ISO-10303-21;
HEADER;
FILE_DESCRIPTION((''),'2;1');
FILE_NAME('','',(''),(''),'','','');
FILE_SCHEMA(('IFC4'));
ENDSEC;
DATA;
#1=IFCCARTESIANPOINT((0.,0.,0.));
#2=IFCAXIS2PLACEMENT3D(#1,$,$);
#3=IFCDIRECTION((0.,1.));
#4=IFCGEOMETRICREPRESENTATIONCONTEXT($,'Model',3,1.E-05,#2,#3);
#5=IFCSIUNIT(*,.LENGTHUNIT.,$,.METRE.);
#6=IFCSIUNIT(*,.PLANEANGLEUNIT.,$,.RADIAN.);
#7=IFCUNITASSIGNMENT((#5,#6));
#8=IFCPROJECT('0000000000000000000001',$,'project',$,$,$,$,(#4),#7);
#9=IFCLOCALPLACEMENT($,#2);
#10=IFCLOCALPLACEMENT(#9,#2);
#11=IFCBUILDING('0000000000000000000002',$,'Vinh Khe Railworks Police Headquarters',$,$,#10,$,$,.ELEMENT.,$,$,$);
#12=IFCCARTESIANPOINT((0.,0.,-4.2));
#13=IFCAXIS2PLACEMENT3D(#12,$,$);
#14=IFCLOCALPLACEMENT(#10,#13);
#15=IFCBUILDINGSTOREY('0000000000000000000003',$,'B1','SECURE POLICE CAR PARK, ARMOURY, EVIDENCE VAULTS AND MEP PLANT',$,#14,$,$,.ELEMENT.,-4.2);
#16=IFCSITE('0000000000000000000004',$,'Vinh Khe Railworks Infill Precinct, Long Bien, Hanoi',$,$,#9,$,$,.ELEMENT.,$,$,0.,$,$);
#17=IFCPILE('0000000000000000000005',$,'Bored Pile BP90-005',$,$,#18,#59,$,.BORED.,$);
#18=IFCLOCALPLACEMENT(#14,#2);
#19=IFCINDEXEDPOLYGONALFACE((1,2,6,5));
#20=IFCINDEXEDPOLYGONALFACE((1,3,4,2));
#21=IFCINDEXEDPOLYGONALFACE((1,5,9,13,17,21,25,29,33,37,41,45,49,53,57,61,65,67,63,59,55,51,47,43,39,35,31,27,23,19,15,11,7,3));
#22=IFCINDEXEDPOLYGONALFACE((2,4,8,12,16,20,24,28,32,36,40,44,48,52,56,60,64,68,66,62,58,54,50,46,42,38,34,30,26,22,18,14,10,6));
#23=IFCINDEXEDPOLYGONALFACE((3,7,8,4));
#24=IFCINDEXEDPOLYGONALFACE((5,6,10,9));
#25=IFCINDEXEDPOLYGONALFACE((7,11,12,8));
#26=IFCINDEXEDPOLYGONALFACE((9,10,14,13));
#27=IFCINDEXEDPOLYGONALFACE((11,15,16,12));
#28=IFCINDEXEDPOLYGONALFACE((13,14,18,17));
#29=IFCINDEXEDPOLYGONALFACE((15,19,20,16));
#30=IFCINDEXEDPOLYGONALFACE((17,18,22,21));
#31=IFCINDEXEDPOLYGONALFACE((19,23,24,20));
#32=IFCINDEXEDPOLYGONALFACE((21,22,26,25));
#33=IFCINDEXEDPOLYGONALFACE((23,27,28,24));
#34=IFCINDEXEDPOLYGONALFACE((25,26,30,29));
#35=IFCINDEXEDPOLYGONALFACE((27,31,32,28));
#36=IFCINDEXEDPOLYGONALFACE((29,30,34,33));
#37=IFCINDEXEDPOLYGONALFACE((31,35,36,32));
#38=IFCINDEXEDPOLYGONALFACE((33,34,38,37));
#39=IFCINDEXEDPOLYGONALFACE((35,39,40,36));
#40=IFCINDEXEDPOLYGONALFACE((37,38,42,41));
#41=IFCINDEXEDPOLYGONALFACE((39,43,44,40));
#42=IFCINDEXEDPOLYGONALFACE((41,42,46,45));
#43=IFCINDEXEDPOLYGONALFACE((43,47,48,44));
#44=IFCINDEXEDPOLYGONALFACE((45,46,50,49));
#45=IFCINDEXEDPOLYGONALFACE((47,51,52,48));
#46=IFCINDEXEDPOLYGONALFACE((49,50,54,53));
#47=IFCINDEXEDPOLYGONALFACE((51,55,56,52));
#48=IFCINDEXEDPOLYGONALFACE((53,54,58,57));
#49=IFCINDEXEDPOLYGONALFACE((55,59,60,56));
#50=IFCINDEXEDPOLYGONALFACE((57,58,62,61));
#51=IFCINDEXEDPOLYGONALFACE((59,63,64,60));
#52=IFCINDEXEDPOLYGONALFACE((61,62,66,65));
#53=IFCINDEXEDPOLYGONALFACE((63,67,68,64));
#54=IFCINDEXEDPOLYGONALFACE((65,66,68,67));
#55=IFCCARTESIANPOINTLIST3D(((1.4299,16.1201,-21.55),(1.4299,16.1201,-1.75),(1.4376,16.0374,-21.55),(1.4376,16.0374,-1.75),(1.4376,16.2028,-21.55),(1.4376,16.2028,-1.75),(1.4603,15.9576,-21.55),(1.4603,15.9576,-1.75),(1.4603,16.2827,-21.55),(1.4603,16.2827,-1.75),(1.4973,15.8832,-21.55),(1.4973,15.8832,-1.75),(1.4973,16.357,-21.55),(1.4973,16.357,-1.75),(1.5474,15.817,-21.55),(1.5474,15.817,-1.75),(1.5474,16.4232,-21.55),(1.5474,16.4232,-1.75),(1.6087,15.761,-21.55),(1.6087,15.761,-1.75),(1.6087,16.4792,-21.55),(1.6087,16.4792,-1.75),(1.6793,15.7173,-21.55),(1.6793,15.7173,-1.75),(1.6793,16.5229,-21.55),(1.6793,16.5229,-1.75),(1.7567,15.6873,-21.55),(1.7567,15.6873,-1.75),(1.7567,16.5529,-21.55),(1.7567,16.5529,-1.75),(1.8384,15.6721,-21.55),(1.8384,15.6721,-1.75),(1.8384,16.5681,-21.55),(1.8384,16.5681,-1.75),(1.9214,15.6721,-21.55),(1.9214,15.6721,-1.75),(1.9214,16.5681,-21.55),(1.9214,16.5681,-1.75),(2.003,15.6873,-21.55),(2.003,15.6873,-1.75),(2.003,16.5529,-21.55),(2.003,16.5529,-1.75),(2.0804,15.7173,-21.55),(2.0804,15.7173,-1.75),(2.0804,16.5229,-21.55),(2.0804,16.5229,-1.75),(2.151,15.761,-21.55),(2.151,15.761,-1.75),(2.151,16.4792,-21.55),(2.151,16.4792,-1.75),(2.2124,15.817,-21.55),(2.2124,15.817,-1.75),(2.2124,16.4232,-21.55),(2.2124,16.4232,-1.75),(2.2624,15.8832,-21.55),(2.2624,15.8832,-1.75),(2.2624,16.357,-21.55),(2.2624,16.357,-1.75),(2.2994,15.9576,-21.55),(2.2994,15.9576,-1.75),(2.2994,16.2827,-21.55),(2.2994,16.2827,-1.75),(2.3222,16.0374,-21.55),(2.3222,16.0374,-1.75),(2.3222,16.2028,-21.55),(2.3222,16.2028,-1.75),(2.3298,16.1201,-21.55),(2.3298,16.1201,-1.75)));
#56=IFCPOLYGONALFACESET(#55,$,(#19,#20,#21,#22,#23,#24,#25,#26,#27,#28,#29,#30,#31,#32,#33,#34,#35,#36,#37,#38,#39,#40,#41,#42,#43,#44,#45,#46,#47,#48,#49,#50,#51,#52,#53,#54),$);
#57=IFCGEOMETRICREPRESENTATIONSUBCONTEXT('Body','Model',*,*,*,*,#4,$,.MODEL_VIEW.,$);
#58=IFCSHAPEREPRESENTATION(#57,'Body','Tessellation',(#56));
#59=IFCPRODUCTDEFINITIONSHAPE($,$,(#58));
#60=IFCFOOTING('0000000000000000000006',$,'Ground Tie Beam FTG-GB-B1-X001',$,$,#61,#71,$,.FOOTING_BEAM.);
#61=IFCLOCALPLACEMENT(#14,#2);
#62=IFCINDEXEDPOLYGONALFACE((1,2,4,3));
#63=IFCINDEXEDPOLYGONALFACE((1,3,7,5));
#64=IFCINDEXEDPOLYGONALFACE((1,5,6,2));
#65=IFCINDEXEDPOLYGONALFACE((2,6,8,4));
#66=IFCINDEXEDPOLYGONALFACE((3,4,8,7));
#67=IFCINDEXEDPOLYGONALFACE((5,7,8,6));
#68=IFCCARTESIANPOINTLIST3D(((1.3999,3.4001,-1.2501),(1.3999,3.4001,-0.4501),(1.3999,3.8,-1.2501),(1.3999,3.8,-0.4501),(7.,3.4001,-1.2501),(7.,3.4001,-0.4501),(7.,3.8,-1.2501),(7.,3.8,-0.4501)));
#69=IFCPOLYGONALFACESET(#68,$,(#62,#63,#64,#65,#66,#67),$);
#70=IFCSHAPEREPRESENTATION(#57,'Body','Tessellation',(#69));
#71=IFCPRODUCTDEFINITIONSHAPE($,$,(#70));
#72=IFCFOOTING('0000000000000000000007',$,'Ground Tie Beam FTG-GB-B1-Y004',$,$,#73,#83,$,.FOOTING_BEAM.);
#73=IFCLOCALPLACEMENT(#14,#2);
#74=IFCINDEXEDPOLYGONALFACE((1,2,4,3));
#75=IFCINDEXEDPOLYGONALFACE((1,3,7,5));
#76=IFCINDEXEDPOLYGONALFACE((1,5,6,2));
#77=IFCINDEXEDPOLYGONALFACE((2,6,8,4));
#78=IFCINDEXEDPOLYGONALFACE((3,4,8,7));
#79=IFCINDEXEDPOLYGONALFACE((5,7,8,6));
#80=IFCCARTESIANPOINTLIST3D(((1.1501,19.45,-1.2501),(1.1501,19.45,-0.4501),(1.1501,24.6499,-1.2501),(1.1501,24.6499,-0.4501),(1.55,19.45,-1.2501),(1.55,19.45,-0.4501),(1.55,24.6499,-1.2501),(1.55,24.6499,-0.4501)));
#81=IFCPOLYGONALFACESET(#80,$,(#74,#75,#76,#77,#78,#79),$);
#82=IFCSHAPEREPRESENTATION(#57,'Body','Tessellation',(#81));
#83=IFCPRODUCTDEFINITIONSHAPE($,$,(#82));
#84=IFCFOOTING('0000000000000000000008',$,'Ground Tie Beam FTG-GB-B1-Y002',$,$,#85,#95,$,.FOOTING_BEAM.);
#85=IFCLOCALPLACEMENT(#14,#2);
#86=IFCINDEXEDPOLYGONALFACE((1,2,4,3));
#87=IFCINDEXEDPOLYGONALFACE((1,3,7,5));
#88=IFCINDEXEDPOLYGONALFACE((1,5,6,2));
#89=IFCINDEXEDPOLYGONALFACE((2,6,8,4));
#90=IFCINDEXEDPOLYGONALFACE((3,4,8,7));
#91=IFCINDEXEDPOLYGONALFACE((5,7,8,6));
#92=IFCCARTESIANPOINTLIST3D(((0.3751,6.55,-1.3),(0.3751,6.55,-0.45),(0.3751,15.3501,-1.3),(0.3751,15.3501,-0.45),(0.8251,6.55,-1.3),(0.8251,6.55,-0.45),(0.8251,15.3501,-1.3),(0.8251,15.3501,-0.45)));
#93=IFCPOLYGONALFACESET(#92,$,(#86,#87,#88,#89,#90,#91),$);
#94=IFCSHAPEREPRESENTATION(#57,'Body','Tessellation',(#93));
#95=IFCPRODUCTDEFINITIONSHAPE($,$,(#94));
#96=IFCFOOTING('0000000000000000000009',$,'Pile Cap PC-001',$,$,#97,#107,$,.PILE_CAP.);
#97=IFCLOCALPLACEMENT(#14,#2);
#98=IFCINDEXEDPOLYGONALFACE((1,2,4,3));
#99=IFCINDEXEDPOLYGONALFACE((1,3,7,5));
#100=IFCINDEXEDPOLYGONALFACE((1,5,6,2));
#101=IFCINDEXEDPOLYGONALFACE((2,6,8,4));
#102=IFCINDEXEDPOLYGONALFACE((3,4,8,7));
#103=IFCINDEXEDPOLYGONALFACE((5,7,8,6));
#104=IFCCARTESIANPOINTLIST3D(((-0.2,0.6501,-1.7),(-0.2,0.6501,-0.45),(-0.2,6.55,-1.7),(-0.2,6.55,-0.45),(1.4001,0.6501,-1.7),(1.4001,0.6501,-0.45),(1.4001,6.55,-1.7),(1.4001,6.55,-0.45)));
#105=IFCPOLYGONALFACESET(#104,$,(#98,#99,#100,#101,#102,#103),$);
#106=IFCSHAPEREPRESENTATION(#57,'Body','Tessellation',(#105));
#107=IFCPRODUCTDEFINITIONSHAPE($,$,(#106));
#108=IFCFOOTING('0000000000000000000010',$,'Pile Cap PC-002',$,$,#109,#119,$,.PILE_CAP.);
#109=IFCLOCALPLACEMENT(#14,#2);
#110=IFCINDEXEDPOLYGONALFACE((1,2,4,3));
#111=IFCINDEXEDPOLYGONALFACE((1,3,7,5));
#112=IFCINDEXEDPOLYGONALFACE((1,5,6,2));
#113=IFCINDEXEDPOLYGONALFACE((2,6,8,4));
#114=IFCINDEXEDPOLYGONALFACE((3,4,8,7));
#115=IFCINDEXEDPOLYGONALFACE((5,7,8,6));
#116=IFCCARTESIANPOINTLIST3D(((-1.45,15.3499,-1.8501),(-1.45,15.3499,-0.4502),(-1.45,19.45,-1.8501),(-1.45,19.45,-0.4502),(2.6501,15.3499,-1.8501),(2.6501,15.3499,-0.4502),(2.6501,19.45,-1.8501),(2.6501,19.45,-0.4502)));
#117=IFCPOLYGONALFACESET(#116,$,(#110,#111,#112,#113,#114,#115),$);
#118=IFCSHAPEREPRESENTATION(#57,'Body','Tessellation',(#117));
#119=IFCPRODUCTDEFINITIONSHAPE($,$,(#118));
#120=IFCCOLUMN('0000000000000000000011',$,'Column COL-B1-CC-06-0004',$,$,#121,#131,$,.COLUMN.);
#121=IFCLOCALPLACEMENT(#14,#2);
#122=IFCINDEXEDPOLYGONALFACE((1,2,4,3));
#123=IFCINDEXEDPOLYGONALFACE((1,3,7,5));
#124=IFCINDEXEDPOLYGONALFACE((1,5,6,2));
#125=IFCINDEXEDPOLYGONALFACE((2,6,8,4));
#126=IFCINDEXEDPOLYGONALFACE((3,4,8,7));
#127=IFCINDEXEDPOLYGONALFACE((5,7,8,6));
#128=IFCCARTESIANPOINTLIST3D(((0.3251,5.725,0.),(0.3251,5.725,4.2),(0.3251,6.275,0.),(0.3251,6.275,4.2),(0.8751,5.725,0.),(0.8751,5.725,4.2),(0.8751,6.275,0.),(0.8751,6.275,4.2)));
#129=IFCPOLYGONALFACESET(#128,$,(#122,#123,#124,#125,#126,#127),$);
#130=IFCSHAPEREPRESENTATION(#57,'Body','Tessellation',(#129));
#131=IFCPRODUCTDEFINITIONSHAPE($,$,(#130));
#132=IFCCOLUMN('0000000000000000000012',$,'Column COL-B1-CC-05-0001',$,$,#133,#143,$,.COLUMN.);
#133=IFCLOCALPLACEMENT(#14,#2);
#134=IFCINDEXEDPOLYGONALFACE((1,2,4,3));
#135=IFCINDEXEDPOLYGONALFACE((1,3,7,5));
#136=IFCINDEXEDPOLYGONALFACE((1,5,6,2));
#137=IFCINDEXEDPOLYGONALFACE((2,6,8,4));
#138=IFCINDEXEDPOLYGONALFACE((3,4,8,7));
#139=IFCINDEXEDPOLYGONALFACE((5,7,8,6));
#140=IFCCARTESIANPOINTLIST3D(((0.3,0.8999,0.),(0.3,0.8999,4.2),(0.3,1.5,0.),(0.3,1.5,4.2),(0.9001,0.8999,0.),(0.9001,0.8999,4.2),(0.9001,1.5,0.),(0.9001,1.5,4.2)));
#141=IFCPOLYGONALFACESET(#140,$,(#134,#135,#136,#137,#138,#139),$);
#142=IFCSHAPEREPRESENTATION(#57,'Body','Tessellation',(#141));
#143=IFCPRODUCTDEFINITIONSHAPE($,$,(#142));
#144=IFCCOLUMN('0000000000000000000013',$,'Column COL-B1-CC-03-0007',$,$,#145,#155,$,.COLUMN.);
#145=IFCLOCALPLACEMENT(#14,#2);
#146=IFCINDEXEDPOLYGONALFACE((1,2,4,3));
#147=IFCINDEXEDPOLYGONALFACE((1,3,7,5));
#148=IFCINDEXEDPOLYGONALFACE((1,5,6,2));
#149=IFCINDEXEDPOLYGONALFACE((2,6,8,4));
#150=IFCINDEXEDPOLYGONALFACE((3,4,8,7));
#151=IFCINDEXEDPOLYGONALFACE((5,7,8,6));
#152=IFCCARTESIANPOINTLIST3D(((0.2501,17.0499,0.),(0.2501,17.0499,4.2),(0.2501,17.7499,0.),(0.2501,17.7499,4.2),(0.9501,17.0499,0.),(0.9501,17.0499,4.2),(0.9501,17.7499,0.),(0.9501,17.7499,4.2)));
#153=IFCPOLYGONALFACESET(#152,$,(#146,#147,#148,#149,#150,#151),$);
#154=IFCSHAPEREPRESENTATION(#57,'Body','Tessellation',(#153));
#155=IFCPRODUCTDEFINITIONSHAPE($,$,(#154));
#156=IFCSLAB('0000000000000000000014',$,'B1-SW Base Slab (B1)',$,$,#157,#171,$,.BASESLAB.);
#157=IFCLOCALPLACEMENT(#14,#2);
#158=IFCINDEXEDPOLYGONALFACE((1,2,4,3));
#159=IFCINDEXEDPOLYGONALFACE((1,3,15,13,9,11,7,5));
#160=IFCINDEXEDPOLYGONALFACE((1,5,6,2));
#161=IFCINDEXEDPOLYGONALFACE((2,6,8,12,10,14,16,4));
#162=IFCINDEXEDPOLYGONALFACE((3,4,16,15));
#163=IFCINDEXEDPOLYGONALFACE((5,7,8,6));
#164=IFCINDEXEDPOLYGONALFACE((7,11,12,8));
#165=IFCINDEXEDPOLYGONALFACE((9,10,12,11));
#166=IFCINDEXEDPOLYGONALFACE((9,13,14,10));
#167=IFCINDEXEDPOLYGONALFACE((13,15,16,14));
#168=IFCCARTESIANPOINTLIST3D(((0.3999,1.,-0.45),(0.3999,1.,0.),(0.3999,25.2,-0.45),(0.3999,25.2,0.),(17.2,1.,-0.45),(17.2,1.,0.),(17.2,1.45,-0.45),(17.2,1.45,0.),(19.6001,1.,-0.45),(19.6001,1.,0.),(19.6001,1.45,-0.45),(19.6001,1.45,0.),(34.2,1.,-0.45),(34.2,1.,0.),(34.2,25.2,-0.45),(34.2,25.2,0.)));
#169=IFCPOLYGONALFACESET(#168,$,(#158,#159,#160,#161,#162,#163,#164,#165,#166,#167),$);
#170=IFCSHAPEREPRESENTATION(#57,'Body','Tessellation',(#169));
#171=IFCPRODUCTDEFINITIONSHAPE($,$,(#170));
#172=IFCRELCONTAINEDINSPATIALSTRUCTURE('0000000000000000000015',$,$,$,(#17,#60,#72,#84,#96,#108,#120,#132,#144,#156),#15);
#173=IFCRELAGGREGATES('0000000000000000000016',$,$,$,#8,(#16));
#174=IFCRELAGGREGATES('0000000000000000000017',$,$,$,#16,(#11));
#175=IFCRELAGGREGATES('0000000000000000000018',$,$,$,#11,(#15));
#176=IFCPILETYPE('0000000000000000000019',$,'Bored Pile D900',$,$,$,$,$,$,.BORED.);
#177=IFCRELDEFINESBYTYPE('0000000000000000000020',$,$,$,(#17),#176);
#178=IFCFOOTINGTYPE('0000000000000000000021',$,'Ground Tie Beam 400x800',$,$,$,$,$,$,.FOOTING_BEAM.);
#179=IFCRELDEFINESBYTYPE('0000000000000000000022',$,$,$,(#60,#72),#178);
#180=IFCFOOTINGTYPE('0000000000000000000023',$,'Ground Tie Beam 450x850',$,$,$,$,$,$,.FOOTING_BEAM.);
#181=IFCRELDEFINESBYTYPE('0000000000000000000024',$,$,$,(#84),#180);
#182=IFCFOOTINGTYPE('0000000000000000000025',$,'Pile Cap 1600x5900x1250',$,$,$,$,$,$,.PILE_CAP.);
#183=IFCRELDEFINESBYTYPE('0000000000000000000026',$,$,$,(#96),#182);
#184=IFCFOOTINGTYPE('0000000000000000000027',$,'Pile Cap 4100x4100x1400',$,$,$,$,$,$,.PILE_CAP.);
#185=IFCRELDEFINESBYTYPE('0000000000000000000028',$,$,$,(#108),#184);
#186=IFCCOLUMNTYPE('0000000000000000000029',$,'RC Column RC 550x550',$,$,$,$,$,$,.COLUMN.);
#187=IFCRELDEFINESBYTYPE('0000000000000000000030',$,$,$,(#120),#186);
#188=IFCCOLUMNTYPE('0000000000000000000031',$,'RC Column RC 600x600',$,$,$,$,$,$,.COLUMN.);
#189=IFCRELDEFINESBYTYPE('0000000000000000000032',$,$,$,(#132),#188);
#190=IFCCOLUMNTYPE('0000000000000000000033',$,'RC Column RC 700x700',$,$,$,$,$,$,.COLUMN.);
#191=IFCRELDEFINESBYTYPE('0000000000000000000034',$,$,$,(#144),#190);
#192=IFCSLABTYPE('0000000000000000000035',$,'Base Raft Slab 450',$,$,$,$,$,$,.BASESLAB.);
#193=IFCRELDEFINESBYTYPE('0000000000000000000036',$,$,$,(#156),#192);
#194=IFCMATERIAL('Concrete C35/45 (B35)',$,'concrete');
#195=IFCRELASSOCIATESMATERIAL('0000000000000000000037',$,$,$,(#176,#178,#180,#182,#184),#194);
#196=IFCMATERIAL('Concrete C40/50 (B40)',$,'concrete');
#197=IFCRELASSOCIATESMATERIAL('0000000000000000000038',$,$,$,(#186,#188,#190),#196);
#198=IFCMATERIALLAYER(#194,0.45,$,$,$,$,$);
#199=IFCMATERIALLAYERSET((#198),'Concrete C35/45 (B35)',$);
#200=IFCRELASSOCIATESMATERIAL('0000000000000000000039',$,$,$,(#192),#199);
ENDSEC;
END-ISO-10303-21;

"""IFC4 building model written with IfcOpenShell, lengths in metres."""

from ifc_helpers import new_model, si_unit, direction, frame, origin, origin_2d, place, context, subcontext, project, spatial, polyline, rectangle, circle, outline, extrude, material, layer, layer_set, material_profile, profile_set, type_object, element, save


model = new_model("IFC4")

# Units and contexts
model_context = context("Model", 3, precision=1e-05, world=origin(), true_north=direction((0.0, 1.0)))
body_context = subcontext(model_context, "Body", "Model", "MODEL_VIEW")
ifc_project = project(units=[si_unit("LENGTHUNIT", "METRE"), si_unit("PLANEANGLEUNIT", "RADIAN")], contexts=[model_context])

# Site, building, storey
site_placement = place(None, origin())
site = spatial("IfcSite", under=ifc_project, at=site_placement, Name="Vinh Khe Railworks Infill Precinct, Long Bien, Hanoi", CompositionType="ELEMENT", RefElevation=0.0)
building_placement = place(site_placement, origin())
building = spatial("IfcBuilding", under=site, at=building_placement, Name="Vinh Khe Railworks Police Headquarters", CompositionType="ELEMENT")
storey_placement = place(building_placement, frame((0.0, 0.0, -4.2)))
storey = spatial("IfcBuildingStorey", under=building, at=storey_placement, Name="B1", Description="SECURE POLICE CAR PARK, ARMOURY, EVIDENCE VAULTS AND MEP PLANT", CompositionType="ELEMENT", Elevation=-4.2)

# Pile
ifc_material_1 = material(Name="Concrete C35/45 (B35)", Category="concrete")
ifc_material_profile_1 = material_profile(ifc_material_1, circle(Radius=0.45, at=origin_2d()), Name="BORED PILE D900")
ifc_profile_set_1 = profile_set([ifc_material_profile_1], Name="Concrete C35/45 (B35)")
pile_type = type_object("IfcPileType", Name="Bored Pile D900", PredefinedType="BORED", material=ifc_profile_set_1)
for number, where, z_axis, x_axis, name in (
    (1, (1.8799, 16.1201, -1.75), (0.0, 0.0, -1.0), (1.0, 0.0, 0.0), "Bored Pile BP90-005"),
):
    element("IfcPile", number, at=place(storey_placement, frame(where, z_axis=z_axis, x_axis=x_axis)), inside=storey, type_object=pile_type, Name=name, PredefinedType="BORED", context=body_context, shape_type="SweptSolid", body=[
        extrude(circle(Radius=0.45, at=origin_2d()), origin(), (0.0, 0.0, 1.0), 19.8),
    ])

# Footings
ifc_material_profile_2 = material_profile(ifc_material_1, rectangle(XDim=0.3999, YDim=0.8, at=origin_2d()), Name="RC 400x800")
ifc_profile_set_2 = profile_set([ifc_material_profile_2], Name="Concrete C35/45 (B35)")
footing_type_1 = type_object("IfcFootingType", Name="Ground Tie Beam 400x800", PredefinedType="FOOTING_BEAM", material=ifc_profile_set_2)
footing_1_placement = place(storey_placement, frame((1.3999, 3.6001, -0.8501), z_axis=(1.0, 0.0, 0.0), x_axis=(0.0, 1.0, 0.0)))
element("IfcFooting", 2, at=footing_1_placement, inside=storey, type_object=footing_type_1, Name="Ground Tie Beam FTG-GB-B1-X001", PredefinedType="FOOTING_BEAM", context=body_context, shape_type="SweptSolid", body=[
    extrude(rectangle(XDim=0.3999, YDim=0.8, at=origin_2d()), origin(), (0.0, 0.0, 1.0), 5.6001),
])
footing_2_placement = place(storey_placement, frame((1.3501, 19.45, -0.8501), z_axis=(0.0, 1.0, 0.0), x_axis=(-1.0, 0.0, 0.0)))
element("IfcFooting", 3, at=footing_2_placement, inside=storey, type_object=footing_type_1, Name="Ground Tie Beam FTG-GB-B1-Y004", PredefinedType="FOOTING_BEAM", context=body_context, shape_type="SweptSolid", body=[
    extrude(rectangle(XDim=0.3999, YDim=0.8, at=origin_2d()), origin(), (0.0, 0.0, 1.0), 5.2),
])
ifc_material_profile_3 = material_profile(ifc_material_1, rectangle(XDim=0.45, YDim=0.8501, at=origin_2d()), Name="RC 450x850")
ifc_profile_set_3 = profile_set([ifc_material_profile_3], Name="Concrete C35/45 (B35)")
footing_type_2 = type_object("IfcFootingType", Name="Ground Tie Beam 450x850", PredefinedType="FOOTING_BEAM", material=ifc_profile_set_3)
footing_3_placement = place(storey_placement, frame((0.6001, 6.55, -0.875), z_axis=(0.0, 1.0, 0.0), x_axis=(-1.0, 0.0, 0.0)))
element("IfcFooting", 4, at=footing_3_placement, inside=storey, type_object=footing_type_2, Name="Ground Tie Beam FTG-GB-B1-Y002", PredefinedType="FOOTING_BEAM", context=body_context, shape_type="SweptSolid", body=[
    extrude(rectangle(XDim=0.45, YDim=0.8501, at=origin_2d()), origin(), (0.0, 0.0, 1.0), 8.8),
])
footing_type_3 = type_object("IfcFootingType", Name="Pile Cap 1600x5900x1250", PredefinedType="PILE_CAP", material=ifc_material_1)
footing_4_placement = place(storey_placement, frame((0.6001, 3.6001, -1.7), z_axis=(0.0, 0.0, 1.0), x_axis=(1.0, 0.0, 0.0)))
element("IfcFooting", 5, at=footing_4_placement, inside=storey, type_object=footing_type_3, Name="Pile Cap PC-001", PredefinedType="PILE_CAP", context=body_context, shape_type="SweptSolid", body=[
    extrude(rectangle(XDim=1.6001, YDim=5.8999, at=origin_2d()), origin(), (0.0, 0.0, 1.0), 1.25),
])
footing_type_4 = type_object("IfcFootingType", Name="Pile Cap 4100x4100x1400", PredefinedType="PILE_CAP", material=ifc_material_1)
footing_5_placement = place(storey_placement, frame((0.6001, 17.3999, -1.8501), z_axis=(0.0, 0.0, 1.0), x_axis=(1.0, 0.0, 0.0)))
element("IfcFooting", 6, at=footing_5_placement, inside=storey, type_object=footing_type_4, Name="Pile Cap PC-002", PredefinedType="PILE_CAP", context=body_context, shape_type="SweptSolid", body=[
    extrude(rectangle(XDim=4.1001, YDim=4.1001, at=origin_2d()), origin(), (0.0, 0.0, 1.0), 1.3999),
])

# Columns
ifc_material_2 = material(Name="Concrete C40/50 (B40)", Category="concrete")
ifc_material_profile_4 = material_profile(ifc_material_2, rectangle(XDim=0.55, YDim=0.55, at=origin_2d()), Name="RC 550x550")
ifc_profile_set_4 = profile_set([ifc_material_profile_4], Name="Concrete C40/50 (B40)")
column_type_1 = type_object("IfcColumnType", Name="RC Column RC 550x550", PredefinedType="COLUMN", material=ifc_profile_set_4)
column_1_placement = place(storey_placement, frame((0.6001, 6.0, 0.0), z_axis=(0.0, 0.0, 1.0), x_axis=(1.0, 0.0, 0.0)))
element("IfcColumn", 7, at=column_1_placement, inside=storey, type_object=column_type_1, Name="Column COL-B1-CC-06-0004", PredefinedType="COLUMN", context=body_context, shape_type="SweptSolid", body=[
    extrude(rectangle(XDim=0.55, YDim=0.55, at=origin_2d()), origin(), (0.0, 0.0, 1.0), 4.2),
])
ifc_material_profile_5 = material_profile(ifc_material_2, rectangle(XDim=0.6001, YDim=0.6001, at=origin_2d()), Name="RC 600x600")
ifc_profile_set_5 = profile_set([ifc_material_profile_5], Name="Concrete C40/50 (B40)")
column_type_2 = type_object("IfcColumnType", Name="RC Column RC 600x600", PredefinedType="COLUMN", material=ifc_profile_set_5)
column_2_placement = place(storey_placement, frame((0.6001, 1.2, 0.0), z_axis=(0.0, 0.0, 1.0), x_axis=(1.0, 0.0, 0.0)))
element("IfcColumn", 8, at=column_2_placement, inside=storey, type_object=column_type_2, Name="Column COL-B1-CC-05-0001", PredefinedType="COLUMN", context=body_context, shape_type="SweptSolid", body=[
    extrude(rectangle(XDim=0.6001, YDim=0.6001, at=origin_2d()), origin(), (0.0, 0.0, 1.0), 4.2),
])
ifc_material_profile_6 = material_profile(ifc_material_2, rectangle(XDim=0.7, YDim=0.7, at=origin_2d()), Name="RC 700x700")
ifc_profile_set_6 = profile_set([ifc_material_profile_6], Name="Concrete C40/50 (B40)")
column_type_3 = type_object("IfcColumnType", Name="RC Column RC 700x700", PredefinedType="COLUMN", material=ifc_profile_set_6)
column_3_placement = place(storey_placement, frame((0.6001, 17.3999, 0.0), z_axis=(0.0, 0.0, 1.0), x_axis=(1.0, 0.0, 0.0)))
element("IfcColumn", 9, at=column_3_placement, inside=storey, type_object=column_type_3, Name="Column COL-B1-CC-03-0007", PredefinedType="COLUMN", context=body_context, shape_type="SweptSolid", body=[
    extrude(rectangle(XDim=0.7, YDim=0.7, at=origin_2d()), origin(), (0.0, 0.0, 1.0), 4.2),
])

# Slab
ifc_layer_1 = layer(ifc_material_1, 0.45)
ifc_layer_set_1 = layer_set([ifc_layer_1], Name="Concrete C35/45 (B35)")
slab_type_1 = type_object("IfcSlabType", Name="Base Raft Slab 450", PredefinedType="BASESLAB", material=ifc_layer_set_1)
slab_1_placement = place(storey_placement, frame((0.0, 0.0, -0.45)))
element("IfcSlab", 10, at=slab_1_placement, inside=storey, type_object=slab_type_1, Name="B1-SW Base Slab (B1)", PredefinedType="BASESLAB", context=body_context, shape_type="SweptSolid", body=[
    extrude(outline(polyline([(0.3999, 1.0), (17.2, 1.0), (17.2, 1.45), (19.6001, 1.45), (19.6001, 1.0), (34.2, 1.0), (34.2, 25.2), (0.3999, 25.2), (0.3999, 1.0)])), origin(), (0.0, 0.0, 1.0), 0.45),
])

save(model, "model.ifc")
